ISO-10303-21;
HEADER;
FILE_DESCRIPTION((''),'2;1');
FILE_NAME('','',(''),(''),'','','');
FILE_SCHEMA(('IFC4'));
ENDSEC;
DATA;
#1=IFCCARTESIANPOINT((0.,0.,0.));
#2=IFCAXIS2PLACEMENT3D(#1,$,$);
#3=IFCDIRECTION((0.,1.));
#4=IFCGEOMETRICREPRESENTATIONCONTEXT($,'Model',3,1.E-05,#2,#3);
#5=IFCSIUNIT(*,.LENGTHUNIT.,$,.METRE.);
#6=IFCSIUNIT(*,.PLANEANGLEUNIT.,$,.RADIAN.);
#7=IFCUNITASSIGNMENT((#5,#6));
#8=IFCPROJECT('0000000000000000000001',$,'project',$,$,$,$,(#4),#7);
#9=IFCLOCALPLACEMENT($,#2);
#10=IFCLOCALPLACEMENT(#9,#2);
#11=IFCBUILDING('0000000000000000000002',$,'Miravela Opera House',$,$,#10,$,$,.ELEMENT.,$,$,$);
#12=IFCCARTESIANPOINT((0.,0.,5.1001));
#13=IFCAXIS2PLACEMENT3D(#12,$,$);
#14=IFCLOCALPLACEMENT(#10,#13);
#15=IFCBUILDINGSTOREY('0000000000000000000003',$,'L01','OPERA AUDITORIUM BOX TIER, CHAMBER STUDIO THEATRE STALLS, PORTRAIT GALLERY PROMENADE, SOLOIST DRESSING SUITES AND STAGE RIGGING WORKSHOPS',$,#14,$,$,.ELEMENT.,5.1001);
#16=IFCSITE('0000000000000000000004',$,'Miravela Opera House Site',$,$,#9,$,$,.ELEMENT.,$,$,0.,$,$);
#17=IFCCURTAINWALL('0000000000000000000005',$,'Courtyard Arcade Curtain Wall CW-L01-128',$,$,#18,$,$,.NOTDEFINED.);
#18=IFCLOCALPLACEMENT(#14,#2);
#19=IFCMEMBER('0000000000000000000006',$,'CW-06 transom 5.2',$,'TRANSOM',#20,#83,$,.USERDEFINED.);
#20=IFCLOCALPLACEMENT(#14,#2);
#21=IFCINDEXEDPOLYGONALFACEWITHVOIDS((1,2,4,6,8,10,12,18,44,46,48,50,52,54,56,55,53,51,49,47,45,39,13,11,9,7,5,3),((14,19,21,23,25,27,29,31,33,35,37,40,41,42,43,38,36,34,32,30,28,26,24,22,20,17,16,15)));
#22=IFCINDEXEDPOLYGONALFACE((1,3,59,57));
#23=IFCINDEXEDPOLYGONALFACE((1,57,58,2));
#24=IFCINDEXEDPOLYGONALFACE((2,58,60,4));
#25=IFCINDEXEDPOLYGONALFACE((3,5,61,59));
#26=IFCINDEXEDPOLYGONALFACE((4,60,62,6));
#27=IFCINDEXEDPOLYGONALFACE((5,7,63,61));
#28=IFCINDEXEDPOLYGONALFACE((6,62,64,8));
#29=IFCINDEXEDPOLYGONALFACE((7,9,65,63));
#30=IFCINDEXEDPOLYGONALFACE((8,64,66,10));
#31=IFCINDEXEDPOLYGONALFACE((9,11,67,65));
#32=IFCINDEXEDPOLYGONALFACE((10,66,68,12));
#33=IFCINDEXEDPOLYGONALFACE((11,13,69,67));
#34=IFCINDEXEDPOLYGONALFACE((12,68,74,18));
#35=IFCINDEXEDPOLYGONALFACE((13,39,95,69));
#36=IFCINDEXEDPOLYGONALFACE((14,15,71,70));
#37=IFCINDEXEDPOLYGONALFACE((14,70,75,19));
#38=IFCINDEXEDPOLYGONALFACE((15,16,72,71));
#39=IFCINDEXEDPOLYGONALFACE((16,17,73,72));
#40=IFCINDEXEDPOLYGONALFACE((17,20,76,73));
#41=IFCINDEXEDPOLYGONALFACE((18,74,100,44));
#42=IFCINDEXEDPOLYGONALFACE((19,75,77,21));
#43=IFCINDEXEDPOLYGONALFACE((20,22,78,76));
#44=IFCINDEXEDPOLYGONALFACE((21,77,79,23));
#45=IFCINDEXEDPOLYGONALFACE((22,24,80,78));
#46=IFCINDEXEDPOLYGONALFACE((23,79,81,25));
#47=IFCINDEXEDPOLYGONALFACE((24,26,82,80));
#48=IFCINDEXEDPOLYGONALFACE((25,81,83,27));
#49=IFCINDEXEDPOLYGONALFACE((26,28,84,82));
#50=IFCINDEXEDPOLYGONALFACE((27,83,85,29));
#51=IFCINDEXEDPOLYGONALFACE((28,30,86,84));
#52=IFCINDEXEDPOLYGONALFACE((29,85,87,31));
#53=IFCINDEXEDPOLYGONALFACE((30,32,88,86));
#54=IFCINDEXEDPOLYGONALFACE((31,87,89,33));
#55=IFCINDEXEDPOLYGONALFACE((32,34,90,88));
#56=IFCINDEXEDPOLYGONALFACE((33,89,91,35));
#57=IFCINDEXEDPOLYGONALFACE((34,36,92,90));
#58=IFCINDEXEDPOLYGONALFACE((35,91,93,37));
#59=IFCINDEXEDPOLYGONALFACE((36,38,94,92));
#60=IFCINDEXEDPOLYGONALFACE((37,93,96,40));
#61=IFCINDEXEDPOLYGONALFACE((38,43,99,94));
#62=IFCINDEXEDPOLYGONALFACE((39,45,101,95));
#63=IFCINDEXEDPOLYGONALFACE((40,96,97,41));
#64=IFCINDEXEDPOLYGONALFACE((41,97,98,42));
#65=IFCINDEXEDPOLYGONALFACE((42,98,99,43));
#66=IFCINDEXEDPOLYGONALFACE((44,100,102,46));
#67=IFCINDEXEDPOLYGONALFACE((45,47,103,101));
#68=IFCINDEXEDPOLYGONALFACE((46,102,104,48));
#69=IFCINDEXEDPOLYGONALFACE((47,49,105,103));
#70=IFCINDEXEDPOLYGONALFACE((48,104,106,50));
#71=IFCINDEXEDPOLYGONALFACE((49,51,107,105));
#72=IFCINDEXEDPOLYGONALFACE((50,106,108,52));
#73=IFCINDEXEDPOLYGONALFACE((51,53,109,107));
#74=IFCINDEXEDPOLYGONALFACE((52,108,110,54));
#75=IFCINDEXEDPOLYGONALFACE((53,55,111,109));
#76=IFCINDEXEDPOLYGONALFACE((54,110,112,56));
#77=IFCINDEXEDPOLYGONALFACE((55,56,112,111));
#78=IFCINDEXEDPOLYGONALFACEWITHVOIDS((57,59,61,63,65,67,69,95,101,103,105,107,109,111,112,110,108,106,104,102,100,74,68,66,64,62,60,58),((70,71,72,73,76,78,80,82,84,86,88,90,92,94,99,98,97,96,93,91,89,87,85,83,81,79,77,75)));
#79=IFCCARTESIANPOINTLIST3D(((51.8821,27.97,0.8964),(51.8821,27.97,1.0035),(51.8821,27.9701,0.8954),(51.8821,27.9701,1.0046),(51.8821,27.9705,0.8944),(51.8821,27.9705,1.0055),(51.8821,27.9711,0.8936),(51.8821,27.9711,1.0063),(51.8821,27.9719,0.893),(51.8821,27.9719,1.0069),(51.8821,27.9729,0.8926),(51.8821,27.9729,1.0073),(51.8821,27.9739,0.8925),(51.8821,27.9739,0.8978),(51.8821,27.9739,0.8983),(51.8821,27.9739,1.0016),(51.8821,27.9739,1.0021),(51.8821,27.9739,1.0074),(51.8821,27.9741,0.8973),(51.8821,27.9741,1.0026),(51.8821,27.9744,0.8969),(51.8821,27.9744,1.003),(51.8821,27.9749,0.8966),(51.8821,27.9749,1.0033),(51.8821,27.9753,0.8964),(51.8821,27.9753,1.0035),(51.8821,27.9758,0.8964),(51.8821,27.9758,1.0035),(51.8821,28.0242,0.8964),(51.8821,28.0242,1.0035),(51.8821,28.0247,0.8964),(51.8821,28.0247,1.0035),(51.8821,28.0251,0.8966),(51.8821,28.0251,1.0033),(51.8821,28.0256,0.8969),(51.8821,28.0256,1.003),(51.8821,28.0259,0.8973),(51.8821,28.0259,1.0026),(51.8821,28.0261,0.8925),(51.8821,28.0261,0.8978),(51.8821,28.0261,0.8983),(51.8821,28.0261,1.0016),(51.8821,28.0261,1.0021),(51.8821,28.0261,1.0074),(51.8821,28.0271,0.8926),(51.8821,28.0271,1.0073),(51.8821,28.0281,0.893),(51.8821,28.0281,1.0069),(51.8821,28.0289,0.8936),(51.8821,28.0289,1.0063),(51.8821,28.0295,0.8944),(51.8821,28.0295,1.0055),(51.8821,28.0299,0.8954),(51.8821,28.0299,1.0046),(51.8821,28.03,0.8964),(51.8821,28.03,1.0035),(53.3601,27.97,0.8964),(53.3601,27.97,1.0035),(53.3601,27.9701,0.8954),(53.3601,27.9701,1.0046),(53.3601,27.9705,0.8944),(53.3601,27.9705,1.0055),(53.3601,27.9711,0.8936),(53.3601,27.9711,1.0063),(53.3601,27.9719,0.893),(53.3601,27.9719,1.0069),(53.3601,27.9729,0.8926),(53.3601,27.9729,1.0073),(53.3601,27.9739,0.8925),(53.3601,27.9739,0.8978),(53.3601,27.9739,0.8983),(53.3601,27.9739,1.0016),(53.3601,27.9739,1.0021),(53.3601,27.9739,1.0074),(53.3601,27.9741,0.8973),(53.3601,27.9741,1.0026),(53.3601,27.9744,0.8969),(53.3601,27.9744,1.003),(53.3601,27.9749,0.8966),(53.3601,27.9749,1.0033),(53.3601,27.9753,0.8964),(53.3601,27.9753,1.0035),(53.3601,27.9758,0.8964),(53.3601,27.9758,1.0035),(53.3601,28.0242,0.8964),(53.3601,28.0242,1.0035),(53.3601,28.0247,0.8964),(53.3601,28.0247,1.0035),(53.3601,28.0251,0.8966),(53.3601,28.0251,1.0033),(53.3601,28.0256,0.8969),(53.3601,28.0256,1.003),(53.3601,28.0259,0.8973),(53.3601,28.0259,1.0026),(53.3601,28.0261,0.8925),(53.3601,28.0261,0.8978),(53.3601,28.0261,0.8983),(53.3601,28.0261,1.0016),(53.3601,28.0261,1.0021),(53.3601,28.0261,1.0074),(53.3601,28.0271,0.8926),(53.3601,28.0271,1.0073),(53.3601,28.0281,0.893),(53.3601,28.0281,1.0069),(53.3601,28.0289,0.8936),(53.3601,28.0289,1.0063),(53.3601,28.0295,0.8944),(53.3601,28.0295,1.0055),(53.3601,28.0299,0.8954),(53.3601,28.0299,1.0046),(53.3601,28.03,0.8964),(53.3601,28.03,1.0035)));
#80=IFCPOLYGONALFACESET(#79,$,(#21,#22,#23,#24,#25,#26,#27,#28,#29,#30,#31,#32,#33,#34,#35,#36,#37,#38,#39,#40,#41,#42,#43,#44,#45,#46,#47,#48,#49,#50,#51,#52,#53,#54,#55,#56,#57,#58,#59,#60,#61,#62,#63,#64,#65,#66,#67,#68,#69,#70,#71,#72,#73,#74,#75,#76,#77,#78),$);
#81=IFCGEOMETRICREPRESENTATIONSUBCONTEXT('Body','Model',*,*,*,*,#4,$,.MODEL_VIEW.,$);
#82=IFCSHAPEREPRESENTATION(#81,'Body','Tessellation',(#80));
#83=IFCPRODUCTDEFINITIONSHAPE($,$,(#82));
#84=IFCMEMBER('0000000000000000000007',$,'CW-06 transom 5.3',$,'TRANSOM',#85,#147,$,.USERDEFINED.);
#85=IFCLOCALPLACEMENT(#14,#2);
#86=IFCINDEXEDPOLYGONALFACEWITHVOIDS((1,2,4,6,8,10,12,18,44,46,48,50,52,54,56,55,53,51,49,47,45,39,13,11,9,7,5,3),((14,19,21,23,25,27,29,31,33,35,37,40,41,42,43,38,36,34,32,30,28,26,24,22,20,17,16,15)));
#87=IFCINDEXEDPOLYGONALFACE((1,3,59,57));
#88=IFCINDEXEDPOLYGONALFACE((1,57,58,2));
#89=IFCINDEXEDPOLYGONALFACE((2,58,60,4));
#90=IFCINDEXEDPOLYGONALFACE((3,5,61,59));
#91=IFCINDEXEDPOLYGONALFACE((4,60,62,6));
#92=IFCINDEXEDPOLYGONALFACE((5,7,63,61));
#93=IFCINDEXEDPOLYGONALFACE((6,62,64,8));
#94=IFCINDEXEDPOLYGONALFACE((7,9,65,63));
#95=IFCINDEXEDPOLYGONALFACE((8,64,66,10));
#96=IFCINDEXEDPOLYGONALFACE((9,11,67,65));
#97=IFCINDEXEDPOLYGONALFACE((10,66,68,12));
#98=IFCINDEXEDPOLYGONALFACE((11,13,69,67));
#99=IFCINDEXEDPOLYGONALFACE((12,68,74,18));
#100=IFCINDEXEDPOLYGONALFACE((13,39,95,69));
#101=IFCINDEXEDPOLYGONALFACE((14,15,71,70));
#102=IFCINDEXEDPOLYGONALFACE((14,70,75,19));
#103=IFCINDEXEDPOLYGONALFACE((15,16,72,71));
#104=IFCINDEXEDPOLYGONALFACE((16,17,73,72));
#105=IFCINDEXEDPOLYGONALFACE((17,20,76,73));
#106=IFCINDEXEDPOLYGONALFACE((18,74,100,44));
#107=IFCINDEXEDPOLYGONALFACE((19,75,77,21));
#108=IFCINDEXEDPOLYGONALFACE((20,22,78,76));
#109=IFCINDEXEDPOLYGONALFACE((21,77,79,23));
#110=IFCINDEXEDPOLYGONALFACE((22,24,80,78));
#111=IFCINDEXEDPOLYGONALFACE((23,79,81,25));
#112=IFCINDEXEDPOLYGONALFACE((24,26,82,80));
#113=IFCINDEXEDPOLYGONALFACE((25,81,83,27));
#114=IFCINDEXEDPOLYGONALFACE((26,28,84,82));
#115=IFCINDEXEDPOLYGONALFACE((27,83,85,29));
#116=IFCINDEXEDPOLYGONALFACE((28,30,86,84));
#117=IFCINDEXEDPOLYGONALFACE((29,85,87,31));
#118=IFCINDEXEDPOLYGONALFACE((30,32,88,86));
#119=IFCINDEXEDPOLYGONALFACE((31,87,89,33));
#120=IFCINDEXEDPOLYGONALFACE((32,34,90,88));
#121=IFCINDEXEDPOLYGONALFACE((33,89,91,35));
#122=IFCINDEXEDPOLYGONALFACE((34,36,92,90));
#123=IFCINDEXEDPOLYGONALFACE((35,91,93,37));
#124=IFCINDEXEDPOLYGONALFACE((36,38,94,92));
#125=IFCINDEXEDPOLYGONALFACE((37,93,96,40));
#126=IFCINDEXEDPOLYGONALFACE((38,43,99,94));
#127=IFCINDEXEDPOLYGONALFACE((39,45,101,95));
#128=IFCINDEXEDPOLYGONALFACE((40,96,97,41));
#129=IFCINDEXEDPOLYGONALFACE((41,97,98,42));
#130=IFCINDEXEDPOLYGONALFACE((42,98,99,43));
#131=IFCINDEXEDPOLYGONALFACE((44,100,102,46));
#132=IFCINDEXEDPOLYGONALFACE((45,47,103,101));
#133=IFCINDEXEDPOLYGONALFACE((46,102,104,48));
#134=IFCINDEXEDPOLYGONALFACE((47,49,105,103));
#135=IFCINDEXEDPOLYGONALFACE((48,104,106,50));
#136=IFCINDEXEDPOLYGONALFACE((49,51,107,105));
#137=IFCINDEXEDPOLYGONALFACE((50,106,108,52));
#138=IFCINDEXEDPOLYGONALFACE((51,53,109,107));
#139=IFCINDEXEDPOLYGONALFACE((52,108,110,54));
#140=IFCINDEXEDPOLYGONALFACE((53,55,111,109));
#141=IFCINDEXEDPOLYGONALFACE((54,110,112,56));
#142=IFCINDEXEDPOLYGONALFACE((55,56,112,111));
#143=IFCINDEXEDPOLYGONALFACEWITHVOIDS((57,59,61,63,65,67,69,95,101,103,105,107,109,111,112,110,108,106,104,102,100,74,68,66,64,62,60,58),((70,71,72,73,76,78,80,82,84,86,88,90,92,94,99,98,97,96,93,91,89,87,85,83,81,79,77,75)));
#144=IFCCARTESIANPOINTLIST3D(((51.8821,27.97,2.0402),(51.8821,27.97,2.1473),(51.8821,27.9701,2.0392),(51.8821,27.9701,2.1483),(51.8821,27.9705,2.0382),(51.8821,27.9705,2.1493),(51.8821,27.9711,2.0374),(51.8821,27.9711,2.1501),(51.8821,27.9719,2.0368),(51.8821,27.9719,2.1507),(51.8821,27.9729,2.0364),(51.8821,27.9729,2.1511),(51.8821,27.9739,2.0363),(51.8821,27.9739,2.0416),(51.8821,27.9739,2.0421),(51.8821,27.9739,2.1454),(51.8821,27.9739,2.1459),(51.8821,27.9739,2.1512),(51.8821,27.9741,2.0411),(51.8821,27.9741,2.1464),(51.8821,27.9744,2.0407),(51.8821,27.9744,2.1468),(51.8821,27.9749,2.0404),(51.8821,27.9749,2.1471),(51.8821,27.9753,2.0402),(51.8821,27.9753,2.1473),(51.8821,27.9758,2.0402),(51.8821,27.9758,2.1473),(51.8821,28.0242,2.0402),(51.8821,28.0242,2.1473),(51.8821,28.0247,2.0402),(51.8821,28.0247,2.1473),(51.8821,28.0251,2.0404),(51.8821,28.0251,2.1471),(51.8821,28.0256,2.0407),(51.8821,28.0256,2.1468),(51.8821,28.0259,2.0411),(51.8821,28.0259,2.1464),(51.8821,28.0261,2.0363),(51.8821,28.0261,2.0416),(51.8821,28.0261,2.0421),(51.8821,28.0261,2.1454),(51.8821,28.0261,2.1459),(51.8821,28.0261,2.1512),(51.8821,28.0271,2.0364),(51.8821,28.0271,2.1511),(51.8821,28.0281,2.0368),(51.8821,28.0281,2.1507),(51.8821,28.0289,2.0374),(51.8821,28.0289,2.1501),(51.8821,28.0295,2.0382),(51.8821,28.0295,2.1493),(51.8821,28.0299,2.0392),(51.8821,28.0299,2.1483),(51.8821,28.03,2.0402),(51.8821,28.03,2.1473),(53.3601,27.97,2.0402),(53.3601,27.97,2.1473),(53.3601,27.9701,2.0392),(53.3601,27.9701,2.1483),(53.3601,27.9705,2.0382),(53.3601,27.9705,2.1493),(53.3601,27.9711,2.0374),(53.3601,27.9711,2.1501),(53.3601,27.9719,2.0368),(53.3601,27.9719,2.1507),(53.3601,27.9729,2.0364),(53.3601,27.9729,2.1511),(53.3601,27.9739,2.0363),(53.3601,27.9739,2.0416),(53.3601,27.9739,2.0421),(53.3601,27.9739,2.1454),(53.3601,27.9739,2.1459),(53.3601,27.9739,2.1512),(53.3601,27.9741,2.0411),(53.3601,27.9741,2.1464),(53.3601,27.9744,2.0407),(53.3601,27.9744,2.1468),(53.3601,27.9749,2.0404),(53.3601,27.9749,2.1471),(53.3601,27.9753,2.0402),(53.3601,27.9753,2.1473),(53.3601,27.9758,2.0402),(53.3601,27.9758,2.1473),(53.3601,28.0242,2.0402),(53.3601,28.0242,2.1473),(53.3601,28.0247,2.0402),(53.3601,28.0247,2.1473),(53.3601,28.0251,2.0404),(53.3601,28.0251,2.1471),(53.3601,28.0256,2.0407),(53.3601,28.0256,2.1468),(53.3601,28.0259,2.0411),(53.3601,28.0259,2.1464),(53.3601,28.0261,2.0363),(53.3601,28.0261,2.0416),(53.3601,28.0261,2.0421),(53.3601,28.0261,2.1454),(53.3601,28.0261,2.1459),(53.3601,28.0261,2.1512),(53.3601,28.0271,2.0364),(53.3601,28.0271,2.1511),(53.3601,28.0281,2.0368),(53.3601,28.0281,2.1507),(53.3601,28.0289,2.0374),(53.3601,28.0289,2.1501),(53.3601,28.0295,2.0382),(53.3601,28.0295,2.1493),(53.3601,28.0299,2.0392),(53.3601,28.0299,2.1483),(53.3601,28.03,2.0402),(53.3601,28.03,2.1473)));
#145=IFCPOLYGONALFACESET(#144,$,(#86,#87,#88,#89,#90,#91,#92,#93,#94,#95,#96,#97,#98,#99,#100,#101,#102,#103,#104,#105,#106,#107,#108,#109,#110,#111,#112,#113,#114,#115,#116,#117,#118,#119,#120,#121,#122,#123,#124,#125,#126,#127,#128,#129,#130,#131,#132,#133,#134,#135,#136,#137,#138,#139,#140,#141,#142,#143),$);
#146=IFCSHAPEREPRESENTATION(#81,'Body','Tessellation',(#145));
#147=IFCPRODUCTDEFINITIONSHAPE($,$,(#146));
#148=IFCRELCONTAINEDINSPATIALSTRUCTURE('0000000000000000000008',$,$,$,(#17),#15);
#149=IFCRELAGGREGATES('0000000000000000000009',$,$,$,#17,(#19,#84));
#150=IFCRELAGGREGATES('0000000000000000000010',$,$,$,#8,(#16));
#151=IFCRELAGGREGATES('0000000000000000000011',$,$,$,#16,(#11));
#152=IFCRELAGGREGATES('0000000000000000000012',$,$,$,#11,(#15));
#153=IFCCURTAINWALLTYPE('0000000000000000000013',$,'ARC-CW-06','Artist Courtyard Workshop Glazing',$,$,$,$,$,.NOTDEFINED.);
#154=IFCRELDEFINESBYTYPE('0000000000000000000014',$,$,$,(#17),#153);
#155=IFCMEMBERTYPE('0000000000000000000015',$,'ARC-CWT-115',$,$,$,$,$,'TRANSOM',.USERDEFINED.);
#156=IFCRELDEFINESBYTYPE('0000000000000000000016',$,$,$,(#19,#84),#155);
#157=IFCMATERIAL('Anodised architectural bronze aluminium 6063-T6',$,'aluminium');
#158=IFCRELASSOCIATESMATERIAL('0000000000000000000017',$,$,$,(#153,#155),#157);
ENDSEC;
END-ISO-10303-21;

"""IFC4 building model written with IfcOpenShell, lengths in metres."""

from ifc_helpers import new_model, si_unit, direction, frame, origin, origin_2d, place, context, subcontext, project, spatial, hollow_rectangle, extrude, material, material_profile, profile_set, type_object, element, aggregate, save


model = new_model("IFC4")

# Units and contexts
model_context = context("Model", 3, precision=1e-05, world=origin(), true_north=direction((0.0, 1.0)))
body_context = subcontext(model_context, "Body", "Model", "MODEL_VIEW")
ifc_project = project(units=[si_unit("LENGTHUNIT", "METRE"), si_unit("PLANEANGLEUNIT", "RADIAN")], contexts=[model_context])

# Site, building, storey
site_placement = place(None, origin())
site = spatial("IfcSite", under=ifc_project, at=site_placement, Name="Miravela Opera House Site", CompositionType="ELEMENT", RefElevation=0.0)
building_placement = place(site_placement, origin())
building = spatial("IfcBuilding", under=site, at=building_placement, Name="Miravela Opera House", CompositionType="ELEMENT")
storey_placement = place(building_placement, frame((0.0, 0.0, 5.1001)))
storey = spatial("IfcBuildingStorey", under=building, at=storey_placement, Name="L01", Description="OPERA AUDITORIUM BOX TIER, CHAMBER STUDIO THEATRE STALLS, PORTRAIT GALLERY PROMENADE, SOLOIST DRESSING SUITES AND STAGE RIGGING WORKSHOPS", CompositionType="ELEMENT", Elevation=5.1001)

# Curtain wall
ifc_material_1 = material(Name="Anodised architectural bronze aluminium 6063-T6", Category="aluminium")
curtain_wall_type = type_object("IfcCurtainWallType", Name="ARC-CW-06", Description="Artist Courtyard Workshop Glazing", PredefinedType="NOTDEFINED", material=ifc_material_1)
curtain_wall_1_placement = place(storey_placement, origin())
curtain_wall_1 = element("IfcCurtainWall", 1, at=curtain_wall_1_placement, inside=storey, type_object=curtain_wall_type, Name="Courtyard Arcade Curtain Wall CW-L01-128", PredefinedType="NOTDEFINED")

# Members
ifc_material_profile_1 = material_profile(ifc_material_1, hollow_rectangle(XDim=0.0601, YDim=0.115, WallThickness=0.0039, InnerFilletRadius=0.002, OuterFilletRadius=0.0039, at=origin_2d()), Name="CWT-60X115")
ifc_profile_set_1 = profile_set([ifc_material_profile_1])
member_type_1 = type_object("IfcMemberType", Name="ARC-CWT-115", ElementType="TRANSOM", PredefinedType="USERDEFINED", material=ifc_profile_set_1)
member_1_placement = place(storey_placement, frame((51.8821, 28.0, 0.95), z_axis=(1.0, 0.0, 0.0), x_axis=(0.0, 1.0, 0.0)))
member_1 = element("IfcMember", 2, at=member_1_placement, type_object=member_type_1, Name="CW-06 transom 5.2", ObjectType="TRANSOM", PredefinedType="USERDEFINED", context=body_context, shape_type="SweptSolid", body=[
    extrude(hollow_rectangle(XDim=0.0601, YDim=0.115, WallThickness=0.0039, InnerFilletRadius=0.002, OuterFilletRadius=0.0039, at=origin_2d()), origin(), (0.0, 0.0, 1.0), 1.478),
])
member_2_placement = place(storey_placement, frame((51.8821, 28.0, 2.0938), z_axis=(1.0, 0.0, 0.0), x_axis=(0.0, 1.0, 0.0)))
member_2 = element("IfcMember", 3, at=member_2_placement, type_object=member_type_1, Name="CW-06 transom 5.3", ObjectType="TRANSOM", PredefinedType="USERDEFINED", context=body_context, shape_type="SweptSolid", body=[
    extrude(hollow_rectangle(XDim=0.0601, YDim=0.115, WallThickness=0.0039, InnerFilletRadius=0.002, OuterFilletRadius=0.0039, at=origin_2d()), origin(), (0.0, 0.0, 1.0), 1.478),
])

aggregate(curtain_wall_1, [member_1, member_2])

save(model, "model.ifc")
